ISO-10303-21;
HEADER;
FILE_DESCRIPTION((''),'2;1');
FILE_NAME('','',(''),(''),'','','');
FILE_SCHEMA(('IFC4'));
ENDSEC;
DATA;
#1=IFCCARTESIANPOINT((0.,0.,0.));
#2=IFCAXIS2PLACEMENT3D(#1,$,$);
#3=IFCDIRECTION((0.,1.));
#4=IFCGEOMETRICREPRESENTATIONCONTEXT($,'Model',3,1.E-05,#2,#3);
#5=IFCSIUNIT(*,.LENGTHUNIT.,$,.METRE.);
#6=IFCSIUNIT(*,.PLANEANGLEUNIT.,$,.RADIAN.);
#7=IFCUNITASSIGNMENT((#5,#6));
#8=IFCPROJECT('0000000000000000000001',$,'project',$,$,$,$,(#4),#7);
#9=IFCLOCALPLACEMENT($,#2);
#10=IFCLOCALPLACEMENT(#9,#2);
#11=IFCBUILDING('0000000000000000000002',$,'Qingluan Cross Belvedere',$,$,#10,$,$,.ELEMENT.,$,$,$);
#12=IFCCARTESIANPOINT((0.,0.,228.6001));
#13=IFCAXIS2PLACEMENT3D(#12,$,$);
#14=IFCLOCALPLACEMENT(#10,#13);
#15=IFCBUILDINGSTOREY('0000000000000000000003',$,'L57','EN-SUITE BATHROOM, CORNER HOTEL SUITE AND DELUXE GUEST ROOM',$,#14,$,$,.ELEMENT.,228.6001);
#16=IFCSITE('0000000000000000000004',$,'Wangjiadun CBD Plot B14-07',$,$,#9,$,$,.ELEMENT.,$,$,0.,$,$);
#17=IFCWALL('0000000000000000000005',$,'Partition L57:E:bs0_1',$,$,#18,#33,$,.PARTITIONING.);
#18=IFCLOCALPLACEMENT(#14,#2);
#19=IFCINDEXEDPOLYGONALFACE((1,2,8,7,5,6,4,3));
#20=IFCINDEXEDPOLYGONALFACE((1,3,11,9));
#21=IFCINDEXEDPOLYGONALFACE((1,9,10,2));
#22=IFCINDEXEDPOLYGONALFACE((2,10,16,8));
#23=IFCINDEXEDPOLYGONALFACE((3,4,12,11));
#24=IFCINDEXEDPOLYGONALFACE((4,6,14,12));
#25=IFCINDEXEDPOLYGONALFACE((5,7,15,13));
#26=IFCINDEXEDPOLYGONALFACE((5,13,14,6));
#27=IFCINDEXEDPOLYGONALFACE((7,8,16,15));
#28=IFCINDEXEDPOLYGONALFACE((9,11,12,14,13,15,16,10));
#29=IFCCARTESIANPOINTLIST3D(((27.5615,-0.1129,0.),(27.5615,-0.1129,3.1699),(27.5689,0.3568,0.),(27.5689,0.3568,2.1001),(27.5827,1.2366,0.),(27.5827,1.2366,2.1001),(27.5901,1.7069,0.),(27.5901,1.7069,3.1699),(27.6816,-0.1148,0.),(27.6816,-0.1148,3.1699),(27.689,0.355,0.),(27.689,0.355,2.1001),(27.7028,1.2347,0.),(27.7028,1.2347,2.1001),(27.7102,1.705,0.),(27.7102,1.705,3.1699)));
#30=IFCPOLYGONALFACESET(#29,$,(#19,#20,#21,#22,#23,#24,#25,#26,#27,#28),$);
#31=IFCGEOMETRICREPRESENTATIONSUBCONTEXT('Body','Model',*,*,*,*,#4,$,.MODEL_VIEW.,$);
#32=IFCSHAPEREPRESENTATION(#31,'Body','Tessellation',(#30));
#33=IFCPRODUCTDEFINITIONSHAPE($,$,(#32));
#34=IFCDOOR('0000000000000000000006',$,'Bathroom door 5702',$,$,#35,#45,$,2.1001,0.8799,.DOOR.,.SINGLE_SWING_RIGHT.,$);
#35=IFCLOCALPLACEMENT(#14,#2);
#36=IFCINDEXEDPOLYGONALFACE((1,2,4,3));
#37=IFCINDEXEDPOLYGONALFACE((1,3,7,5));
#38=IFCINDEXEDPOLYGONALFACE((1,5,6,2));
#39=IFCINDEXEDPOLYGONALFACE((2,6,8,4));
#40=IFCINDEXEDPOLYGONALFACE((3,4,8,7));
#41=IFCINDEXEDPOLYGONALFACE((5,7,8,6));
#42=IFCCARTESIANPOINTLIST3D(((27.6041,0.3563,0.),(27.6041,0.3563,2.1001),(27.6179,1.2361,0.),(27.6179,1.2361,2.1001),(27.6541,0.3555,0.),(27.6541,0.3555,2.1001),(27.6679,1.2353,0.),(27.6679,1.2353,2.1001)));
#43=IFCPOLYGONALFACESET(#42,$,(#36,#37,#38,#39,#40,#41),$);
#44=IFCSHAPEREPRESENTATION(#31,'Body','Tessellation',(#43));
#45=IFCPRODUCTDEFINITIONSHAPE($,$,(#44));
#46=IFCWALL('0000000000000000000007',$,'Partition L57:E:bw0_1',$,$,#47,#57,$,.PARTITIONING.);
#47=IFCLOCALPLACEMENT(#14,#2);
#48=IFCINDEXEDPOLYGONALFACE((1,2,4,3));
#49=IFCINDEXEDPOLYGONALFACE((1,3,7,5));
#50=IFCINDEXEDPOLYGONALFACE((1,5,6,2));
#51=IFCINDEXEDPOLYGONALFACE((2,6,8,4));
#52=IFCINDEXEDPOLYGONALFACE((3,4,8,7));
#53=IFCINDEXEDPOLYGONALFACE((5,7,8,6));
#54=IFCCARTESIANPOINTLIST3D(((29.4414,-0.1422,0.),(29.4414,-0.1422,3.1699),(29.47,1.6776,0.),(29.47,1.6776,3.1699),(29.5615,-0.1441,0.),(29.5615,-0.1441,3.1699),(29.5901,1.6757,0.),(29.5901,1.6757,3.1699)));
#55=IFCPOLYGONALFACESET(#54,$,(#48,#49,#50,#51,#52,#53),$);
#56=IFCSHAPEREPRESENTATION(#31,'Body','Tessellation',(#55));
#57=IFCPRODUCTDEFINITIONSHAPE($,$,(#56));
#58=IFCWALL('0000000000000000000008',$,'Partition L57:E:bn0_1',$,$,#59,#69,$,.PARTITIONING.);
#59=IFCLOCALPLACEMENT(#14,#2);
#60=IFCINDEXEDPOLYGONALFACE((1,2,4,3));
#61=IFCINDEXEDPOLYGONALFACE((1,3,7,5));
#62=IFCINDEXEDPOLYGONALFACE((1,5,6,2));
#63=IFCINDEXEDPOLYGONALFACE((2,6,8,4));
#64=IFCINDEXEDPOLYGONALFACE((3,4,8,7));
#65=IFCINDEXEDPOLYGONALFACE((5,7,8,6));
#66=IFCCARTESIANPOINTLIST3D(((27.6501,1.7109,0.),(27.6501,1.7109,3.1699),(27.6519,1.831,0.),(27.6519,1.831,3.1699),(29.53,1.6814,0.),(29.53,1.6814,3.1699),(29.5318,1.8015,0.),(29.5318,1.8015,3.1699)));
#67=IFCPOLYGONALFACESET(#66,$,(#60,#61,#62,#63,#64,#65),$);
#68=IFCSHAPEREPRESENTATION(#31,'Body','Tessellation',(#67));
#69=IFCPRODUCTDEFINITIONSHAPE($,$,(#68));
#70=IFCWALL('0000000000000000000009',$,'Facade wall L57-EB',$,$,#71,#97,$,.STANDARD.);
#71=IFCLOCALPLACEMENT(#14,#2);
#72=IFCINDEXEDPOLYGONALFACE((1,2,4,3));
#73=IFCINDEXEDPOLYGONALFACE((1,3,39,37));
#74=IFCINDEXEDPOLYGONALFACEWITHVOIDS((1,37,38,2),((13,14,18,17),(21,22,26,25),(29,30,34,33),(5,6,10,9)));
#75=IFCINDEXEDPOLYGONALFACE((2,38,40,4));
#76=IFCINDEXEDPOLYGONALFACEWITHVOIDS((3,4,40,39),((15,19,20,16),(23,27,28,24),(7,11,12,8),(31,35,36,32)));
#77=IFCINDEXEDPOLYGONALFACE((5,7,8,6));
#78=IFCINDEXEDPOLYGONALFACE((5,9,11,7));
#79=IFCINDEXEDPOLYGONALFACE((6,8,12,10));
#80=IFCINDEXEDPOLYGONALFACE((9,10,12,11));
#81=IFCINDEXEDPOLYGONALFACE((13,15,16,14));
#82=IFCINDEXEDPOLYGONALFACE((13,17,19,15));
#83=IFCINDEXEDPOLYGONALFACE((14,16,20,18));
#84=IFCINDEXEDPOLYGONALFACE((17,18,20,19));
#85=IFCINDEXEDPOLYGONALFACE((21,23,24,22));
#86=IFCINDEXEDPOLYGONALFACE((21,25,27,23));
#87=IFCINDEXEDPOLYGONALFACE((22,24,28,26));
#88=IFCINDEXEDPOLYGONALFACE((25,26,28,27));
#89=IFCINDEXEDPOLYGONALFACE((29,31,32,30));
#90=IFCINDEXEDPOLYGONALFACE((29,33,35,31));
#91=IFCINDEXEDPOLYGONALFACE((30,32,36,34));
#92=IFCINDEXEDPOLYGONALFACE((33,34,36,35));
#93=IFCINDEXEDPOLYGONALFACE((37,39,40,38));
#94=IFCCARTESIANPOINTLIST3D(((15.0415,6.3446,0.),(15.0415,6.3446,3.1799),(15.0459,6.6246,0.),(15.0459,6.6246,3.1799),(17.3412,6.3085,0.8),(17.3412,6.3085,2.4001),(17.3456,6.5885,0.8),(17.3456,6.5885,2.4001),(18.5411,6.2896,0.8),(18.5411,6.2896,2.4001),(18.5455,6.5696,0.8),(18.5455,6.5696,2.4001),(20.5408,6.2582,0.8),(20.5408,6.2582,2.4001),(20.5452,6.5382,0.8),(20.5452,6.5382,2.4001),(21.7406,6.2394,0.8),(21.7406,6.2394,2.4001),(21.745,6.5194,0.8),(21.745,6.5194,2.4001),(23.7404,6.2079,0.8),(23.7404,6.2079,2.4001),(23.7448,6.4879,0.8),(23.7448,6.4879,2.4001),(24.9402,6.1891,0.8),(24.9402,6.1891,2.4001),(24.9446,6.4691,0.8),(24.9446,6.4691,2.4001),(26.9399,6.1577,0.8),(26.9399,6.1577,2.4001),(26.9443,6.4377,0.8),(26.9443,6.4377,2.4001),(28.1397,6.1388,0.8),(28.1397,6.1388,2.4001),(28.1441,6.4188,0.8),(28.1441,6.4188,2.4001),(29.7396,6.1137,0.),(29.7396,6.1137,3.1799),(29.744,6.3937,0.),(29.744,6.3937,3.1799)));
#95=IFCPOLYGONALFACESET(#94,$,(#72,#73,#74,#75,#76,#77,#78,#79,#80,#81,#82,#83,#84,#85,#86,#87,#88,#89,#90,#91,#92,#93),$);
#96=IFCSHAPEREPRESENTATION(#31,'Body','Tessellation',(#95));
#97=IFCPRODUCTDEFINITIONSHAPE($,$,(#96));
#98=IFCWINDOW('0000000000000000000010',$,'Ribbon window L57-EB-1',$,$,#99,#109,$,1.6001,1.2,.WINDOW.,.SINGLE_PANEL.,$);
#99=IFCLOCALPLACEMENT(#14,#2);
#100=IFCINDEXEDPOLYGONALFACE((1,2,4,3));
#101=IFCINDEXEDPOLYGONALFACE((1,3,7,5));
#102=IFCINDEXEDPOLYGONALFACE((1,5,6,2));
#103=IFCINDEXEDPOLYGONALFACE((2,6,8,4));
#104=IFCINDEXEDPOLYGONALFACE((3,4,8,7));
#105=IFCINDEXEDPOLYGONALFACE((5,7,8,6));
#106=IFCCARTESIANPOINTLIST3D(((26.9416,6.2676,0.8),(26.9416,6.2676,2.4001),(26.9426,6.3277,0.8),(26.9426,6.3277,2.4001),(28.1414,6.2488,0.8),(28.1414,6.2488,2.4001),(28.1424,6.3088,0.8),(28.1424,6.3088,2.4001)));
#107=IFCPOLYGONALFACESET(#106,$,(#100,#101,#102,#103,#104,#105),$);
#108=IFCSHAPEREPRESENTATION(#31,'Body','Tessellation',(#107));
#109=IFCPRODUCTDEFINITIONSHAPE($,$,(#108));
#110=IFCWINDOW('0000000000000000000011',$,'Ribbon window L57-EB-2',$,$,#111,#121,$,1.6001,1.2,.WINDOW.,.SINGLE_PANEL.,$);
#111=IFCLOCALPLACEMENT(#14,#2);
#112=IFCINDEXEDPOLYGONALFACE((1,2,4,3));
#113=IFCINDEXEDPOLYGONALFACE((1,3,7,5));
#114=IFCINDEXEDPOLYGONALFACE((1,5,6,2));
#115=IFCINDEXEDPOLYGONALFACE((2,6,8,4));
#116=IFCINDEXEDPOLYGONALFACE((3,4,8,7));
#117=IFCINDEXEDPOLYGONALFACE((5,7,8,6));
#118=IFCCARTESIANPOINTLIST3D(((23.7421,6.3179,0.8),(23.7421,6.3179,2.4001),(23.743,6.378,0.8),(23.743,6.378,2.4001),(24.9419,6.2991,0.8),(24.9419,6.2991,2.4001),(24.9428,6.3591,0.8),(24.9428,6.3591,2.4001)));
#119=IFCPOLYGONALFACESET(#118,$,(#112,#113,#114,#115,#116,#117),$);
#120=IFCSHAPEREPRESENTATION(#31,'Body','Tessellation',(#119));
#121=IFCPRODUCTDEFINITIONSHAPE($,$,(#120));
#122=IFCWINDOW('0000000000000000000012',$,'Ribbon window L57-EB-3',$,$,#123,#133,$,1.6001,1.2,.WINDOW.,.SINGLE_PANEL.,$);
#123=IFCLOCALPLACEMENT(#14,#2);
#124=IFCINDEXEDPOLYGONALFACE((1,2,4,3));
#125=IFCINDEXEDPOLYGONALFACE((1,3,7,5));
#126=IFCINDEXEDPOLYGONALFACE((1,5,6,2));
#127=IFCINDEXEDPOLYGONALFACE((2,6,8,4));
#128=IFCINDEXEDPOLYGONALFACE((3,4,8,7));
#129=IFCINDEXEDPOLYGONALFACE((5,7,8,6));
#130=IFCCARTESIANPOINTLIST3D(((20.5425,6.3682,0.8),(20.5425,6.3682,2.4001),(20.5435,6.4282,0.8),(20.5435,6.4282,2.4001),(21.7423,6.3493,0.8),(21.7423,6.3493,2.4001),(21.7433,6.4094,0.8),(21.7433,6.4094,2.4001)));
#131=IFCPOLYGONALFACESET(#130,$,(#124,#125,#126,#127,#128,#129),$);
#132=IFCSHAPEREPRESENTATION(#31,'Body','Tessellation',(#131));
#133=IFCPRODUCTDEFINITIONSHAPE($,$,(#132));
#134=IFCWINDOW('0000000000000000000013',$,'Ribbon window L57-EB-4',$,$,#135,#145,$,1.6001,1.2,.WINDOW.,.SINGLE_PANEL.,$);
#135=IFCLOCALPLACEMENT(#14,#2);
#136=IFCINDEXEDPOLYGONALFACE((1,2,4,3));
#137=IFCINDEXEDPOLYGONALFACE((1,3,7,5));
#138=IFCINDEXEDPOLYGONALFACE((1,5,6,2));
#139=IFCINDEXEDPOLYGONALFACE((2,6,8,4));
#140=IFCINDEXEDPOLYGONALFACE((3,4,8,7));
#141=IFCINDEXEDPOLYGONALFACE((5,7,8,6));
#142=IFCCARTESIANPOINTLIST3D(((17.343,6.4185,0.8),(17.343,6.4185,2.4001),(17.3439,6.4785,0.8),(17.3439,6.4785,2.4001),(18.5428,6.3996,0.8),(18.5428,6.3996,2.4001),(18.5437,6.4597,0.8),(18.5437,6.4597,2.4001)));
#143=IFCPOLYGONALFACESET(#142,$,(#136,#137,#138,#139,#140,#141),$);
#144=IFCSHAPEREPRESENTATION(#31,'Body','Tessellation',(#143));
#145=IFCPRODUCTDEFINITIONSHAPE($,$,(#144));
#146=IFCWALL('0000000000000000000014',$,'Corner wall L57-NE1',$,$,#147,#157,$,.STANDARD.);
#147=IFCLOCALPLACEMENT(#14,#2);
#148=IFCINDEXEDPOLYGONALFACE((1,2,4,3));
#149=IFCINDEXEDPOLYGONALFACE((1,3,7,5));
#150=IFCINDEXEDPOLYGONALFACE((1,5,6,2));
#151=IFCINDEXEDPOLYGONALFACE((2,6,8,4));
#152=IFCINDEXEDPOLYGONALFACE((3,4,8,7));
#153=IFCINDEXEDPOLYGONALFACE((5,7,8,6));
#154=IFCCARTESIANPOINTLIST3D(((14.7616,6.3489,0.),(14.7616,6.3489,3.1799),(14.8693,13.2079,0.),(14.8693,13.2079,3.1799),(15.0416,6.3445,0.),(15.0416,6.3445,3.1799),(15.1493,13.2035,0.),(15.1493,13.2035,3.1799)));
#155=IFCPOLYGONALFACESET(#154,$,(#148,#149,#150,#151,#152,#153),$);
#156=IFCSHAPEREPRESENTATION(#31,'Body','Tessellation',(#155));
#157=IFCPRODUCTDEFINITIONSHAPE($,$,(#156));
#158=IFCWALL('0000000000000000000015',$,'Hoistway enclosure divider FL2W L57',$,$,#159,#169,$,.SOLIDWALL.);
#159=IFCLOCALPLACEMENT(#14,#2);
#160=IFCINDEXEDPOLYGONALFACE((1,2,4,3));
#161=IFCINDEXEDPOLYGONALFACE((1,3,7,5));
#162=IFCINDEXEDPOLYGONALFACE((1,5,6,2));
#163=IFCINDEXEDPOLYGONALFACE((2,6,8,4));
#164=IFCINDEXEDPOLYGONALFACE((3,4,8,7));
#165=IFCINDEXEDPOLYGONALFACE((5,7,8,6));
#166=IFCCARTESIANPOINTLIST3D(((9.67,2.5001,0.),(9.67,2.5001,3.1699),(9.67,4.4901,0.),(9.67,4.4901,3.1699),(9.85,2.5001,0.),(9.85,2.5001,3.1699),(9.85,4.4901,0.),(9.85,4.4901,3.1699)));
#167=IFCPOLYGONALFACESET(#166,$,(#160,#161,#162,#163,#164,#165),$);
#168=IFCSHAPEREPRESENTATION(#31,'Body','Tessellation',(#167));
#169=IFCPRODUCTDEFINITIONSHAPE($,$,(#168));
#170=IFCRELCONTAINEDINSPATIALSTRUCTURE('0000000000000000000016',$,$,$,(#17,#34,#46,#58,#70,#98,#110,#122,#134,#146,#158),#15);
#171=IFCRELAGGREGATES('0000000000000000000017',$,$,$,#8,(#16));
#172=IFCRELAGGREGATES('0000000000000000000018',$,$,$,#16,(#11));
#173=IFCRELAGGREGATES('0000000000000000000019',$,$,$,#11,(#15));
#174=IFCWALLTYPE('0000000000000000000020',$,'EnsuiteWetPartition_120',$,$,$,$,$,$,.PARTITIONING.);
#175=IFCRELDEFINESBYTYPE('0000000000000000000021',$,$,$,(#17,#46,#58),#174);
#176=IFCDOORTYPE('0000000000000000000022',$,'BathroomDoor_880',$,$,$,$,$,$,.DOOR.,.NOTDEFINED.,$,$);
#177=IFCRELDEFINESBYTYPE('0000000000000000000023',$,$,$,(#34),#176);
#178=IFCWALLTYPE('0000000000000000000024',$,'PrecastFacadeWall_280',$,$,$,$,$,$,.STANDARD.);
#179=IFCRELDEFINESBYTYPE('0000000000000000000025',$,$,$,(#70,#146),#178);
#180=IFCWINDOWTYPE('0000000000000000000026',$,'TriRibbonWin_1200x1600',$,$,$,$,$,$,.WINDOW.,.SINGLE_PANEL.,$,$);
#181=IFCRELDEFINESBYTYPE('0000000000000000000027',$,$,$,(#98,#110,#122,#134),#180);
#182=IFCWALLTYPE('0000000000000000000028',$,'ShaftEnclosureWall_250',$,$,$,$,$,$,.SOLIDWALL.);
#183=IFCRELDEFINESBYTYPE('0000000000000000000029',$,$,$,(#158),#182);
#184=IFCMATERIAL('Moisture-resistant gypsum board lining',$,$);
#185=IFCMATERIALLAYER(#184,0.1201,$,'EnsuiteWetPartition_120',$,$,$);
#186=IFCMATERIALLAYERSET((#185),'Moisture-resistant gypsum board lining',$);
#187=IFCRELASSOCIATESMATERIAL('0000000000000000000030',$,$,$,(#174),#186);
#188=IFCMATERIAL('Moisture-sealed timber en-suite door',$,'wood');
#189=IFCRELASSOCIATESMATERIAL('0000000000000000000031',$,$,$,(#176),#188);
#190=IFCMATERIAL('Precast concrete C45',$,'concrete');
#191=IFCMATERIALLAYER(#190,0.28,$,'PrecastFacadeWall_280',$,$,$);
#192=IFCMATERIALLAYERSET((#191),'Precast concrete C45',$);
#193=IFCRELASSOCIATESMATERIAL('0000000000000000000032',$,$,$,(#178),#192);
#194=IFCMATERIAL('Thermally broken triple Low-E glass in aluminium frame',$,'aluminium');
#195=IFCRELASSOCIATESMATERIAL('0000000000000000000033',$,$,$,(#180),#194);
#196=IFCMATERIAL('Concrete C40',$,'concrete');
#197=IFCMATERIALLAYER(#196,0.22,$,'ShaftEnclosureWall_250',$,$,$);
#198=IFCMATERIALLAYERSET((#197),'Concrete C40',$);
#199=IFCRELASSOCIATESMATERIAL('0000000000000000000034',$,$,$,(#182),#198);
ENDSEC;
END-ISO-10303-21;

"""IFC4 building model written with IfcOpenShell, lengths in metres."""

from ifc_helpers import new_model, si_unit, direction, frame, frame_2d, origin, place, context, subcontext, project, spatial, rectangle, extrude, material, layer, layer_set, type_object, element, fill, save


model = new_model("IFC4")

# Units and contexts
model_context = context("Model", 3, precision=1e-05, world=origin(), true_north=direction((0.0, 1.0)))
body_context = subcontext(model_context, "Body", "Model", "MODEL_VIEW")
ifc_project = project(units=[si_unit("LENGTHUNIT", "METRE"), si_unit("PLANEANGLEUNIT", "RADIAN")], contexts=[model_context])

# Site, building, storey
site_placement = place(None, origin())
site = spatial("IfcSite", under=ifc_project, at=site_placement, Name="Wangjiadun CBD Plot B14-07", CompositionType="ELEMENT", RefElevation=0.0)
building_placement = place(site_placement, origin())
building = spatial("IfcBuilding", under=site, at=building_placement, Name="Qingluan Cross Belvedere", CompositionType="ELEMENT")
storey_placement = place(building_placement, frame((0.0, 0.0, 228.6001)))
storey = spatial("IfcBuildingStorey", under=building, at=storey_placement, Name="L57", Description="EN-SUITE BATHROOM, CORNER HOTEL SUITE AND DELUXE GUEST ROOM", CompositionType="ELEMENT", Elevation=228.6001)

# Shared definitions
ifc_material_1 = material(Name="Moisture-resistant gypsum board lining")
ifc_layer_1 = layer(ifc_material_1, 0.1201, Name="EnsuiteWetPartition_120")
ifc_layer_set_1 = layer_set([ifc_layer_1], Name="Moisture-resistant gypsum board lining")
wall_type_1 = type_object("IfcWallType", Name="EnsuiteWetPartition_120", PredefinedType="PARTITIONING", material=ifc_layer_set_1)
ifc_material_2 = material(Name="Moisture-sealed timber en-suite door", Category="wood")
door_type_1 = type_object("IfcDoorType", Name="BathroomDoor_880", OperationType="NOTDEFINED", PredefinedType="DOOR", material=ifc_material_2)

# Wall, opening, door
wall_1_placement = place(storey_placement, frame((27.6216, -0.114, 0.0), z_axis=(0.0, 0.0, 1.0), x_axis=(0.015694, 0.999877, 0.0)))
wall_1 = element("IfcWall", 1, at=wall_1_placement, inside=storey, type_object=wall_type_1, Name="Partition L57:E:bs0_1", PredefinedType="PARTITIONING", context=body_context, shape_type="SweptSolid", body=[
    extrude(rectangle(XDim=1.8201, YDim=0.1201, at=frame_2d((0.9102, 0.0))), origin(), (0.0, 0.0, 1.0), 3.1699),
])
opening_1_placement = place(wall_1_placement, frame((0.47, 0.0, 0.0)))
opening_1 = element("IfcOpeningElement", 2, at=opening_1_placement, cuts=wall_1, PredefinedType="OPENING", context=body_context, shape_type="SweptSolid", body=[
    extrude(rectangle(XDim=0.8799, YDim=2.1001, at=frame_2d((0.4399, 1.05))), frame((0.0, 0.0701, 0.0), z_axis=(0.0, -1.0, 0.0), x_axis=(1.0, 0.0, 0.0)), (0.0, 0.0, 1.0), 0.1401),
])
door_1_placement = place(opening_1_placement, origin())
door_1 = element("IfcDoor", 3, at=door_1_placement, inside=storey, type_object=door_type_1, Name="Bathroom door 5702", OperationType="SINGLE_SWING_RIGHT", OverallHeight=2.1001, OverallWidth=0.8799, PredefinedType="DOOR", context=body_context, shape_type="SweptSolid", body=[
    extrude(rectangle(XDim=0.8799, YDim=2.1001, at=frame_2d((0.4399, 1.05))), frame((0.0, 0.0249, 0.0), z_axis=(0.0, -1.0, 0.0), x_axis=(1.0, 0.0, 0.0)), (0.0, 0.0, 1.0), 0.05),
])
fill(opening_1, door_1)

# Walls
wall_2_placement = place(storey_placement, frame((29.5015, -0.1433, 0.0), z_axis=(0.0, 0.0, 1.0), x_axis=(0.015694, 0.999877, 0.0)))
element("IfcWall", 4, at=wall_2_placement, inside=storey, type_object=wall_type_1, Name="Partition L57:E:bw0_1", PredefinedType="PARTITIONING", context=body_context, shape_type="SweptSolid", body=[
    extrude(rectangle(XDim=1.8201, YDim=0.1201, at=frame_2d((0.9102, 0.0))), origin(), (0.0, 0.0, 1.0), 3.1699),
])
wall_3_placement = place(storey_placement, frame((27.6511, 1.771, 0.0), z_axis=(0.0, 0.0, 1.0), x_axis=(0.999877, -0.015712, 0.0)))
element("IfcWall", 5, at=wall_3_placement, inside=storey, type_object=wall_type_1, Name="Partition L57:E:bn0_1", PredefinedType="PARTITIONING", context=body_context, shape_type="SweptSolid", body=[
    extrude(rectangle(XDim=1.8801, YDim=0.1201, at=frame_2d((0.9399, 0.0))), origin(), (0.0, 0.0, 1.0), 3.1699),
])

# Wall, openings, windows
ifc_material_3 = material(Name="Precast concrete C45", Category="concrete")
ifc_layer_2 = layer(ifc_material_3, 0.28, Name="PrecastFacadeWall_280")
ifc_layer_set_2 = layer_set([ifc_layer_2], Name="Precast concrete C45")
wall_type_2 = type_object("IfcWallType", Name="PrecastFacadeWall_280", PredefinedType="STANDARD", material=ifc_layer_set_2)
wall_4_placement = place(storey_placement, frame((29.7419, 6.2537, 0.0), z_axis=(0.0, 0.0, 1.0), x_axis=(-0.999877, 0.015711, 0.0)))
wall_4 = element("IfcWall", 6, at=wall_4_placement, inside=storey, type_object=wall_type_2, Name="Facade wall L57-EB", PredefinedType="STANDARD", context=body_context, shape_type="SweptSolid", body=[
    extrude(rectangle(XDim=14.7, YDim=0.28, at=frame_2d((7.3501, 0.0))), origin(), (0.0, 0.0, 1.0), 3.1799),
])
opening_2_placement = place(wall_4_placement, frame((1.6001, 0.0, 0.8)))
opening_2 = element("IfcOpeningElement", 7, at=opening_2_placement, cuts=wall_4, PredefinedType="OPENING", context=body_context, shape_type="SweptSolid", body=[
    extrude(rectangle(XDim=1.2, YDim=1.6001, at=frame_2d((0.6001, 0.8))), frame((0.0, 0.1499, 0.0), z_axis=(0.0, -1.0, 0.0), x_axis=(1.0, 0.0, 0.0)), (0.0, 0.0, 1.0), 0.3),
])
opening_3_placement = place(wall_4_placement, frame((4.8, 0.0, 0.8)))
opening_3 = element("IfcOpeningElement", 8, at=opening_3_placement, cuts=wall_4, PredefinedType="OPENING", context=body_context, shape_type="SweptSolid", body=[
    extrude(rectangle(XDim=1.2, YDim=1.6001, at=frame_2d((0.6001, 0.8))), frame((0.0, 0.1499, 0.0), z_axis=(0.0, -1.0, 0.0), x_axis=(1.0, 0.0, 0.0)), (0.0, 0.0, 1.0), 0.3),
])
opening_4_placement = place(wall_4_placement, frame((8.0, 0.0, 0.8)))
opening_4 = element("IfcOpeningElement", 9, at=opening_4_placement, cuts=wall_4, PredefinedType="OPENING", context=body_context, shape_type="SweptSolid", body=[
    extrude(rectangle(XDim=1.2, YDim=1.6001, at=frame_2d((0.6001, 0.8))), frame((0.0, 0.1499, 0.0), z_axis=(0.0, -1.0, 0.0), x_axis=(1.0, 0.0, 0.0)), (0.0, 0.0, 1.0), 0.3),
])
opening_5_placement = place(wall_4_placement, frame((11.2, 0.0, 0.8)))
opening_5 = element("IfcOpeningElement", 10, at=opening_5_placement, cuts=wall_4, PredefinedType="OPENING", context=body_context, shape_type="SweptSolid", body=[
    extrude(rectangle(XDim=1.2, YDim=1.6001, at=frame_2d((0.6001, 0.8))), frame((0.0, 0.1499, 0.0), z_axis=(0.0, -1.0, 0.0), x_axis=(1.0, 0.0, 0.0)), (0.0, 0.0, 1.0), 0.3),
])
ifc_material_4 = material(Name="Thermally broken triple Low-E glass in aluminium frame", Category="aluminium")
window_type = type_object("IfcWindowType", Name="TriRibbonWin_1200x1600", PartitioningType="SINGLE_PANEL", PredefinedType="WINDOW", material=ifc_material_4)
window_1_placement = place(opening_2_placement, origin())
window_1 = element("IfcWindow", 11, at=window_1_placement, inside=storey, type_object=window_type, Name="Ribbon window L57-EB-1", OverallHeight=1.6001, OverallWidth=1.2, PartitioningType="SINGLE_PANEL", PredefinedType="WINDOW", context=body_context, shape_type="SweptSolid", body=[
    extrude(rectangle(XDim=1.2, YDim=1.6001, at=frame_2d((0.6001, 0.8))), frame((0.0, 0.03, 0.0), z_axis=(0.0, -1.0, 0.0), x_axis=(1.0, 0.0, 0.0)), (0.0, 0.0, 1.0), 0.0601),
])
fill(opening_2, window_1)
window_2_placement = place(opening_3_placement, origin())
window_2 = element("IfcWindow", 12, at=window_2_placement, inside=storey, type_object=window_type, Name="Ribbon window L57-EB-2", OverallHeight=1.6001, OverallWidth=1.2, PartitioningType="SINGLE_PANEL", PredefinedType="WINDOW", context=body_context, shape_type="SweptSolid", body=[
    extrude(rectangle(XDim=1.2, YDim=1.6001, at=frame_2d((0.6001, 0.8))), frame((0.0, 0.03, 0.0), z_axis=(0.0, -1.0, 0.0), x_axis=(1.0, 0.0, 0.0)), (0.0, 0.0, 1.0), 0.0601),
])
fill(opening_3, window_2)
window_3_placement = place(opening_4_placement, origin())
window_3 = element("IfcWindow", 13, at=window_3_placement, inside=storey, type_object=window_type, Name="Ribbon window L57-EB-3", OverallHeight=1.6001, OverallWidth=1.2, PartitioningType="SINGLE_PANEL", PredefinedType="WINDOW", context=body_context, shape_type="SweptSolid", body=[
    extrude(rectangle(XDim=1.2, YDim=1.6001, at=frame_2d((0.6001, 0.8))), frame((0.0, 0.03, 0.0), z_axis=(0.0, -1.0, 0.0), x_axis=(1.0, 0.0, 0.0)), (0.0, 0.0, 1.0), 0.0601),
])
fill(opening_4, window_3)
window_4_placement = place(opening_5_placement, origin())
window_4 = element("IfcWindow", 14, at=window_4_placement, inside=storey, type_object=window_type, Name="Ribbon window L57-EB-4", OverallHeight=1.6001, OverallWidth=1.2, PartitioningType="SINGLE_PANEL", PredefinedType="WINDOW", context=body_context, shape_type="SweptSolid", body=[
    extrude(rectangle(XDim=1.2, YDim=1.6001, at=frame_2d((0.6001, 0.8))), frame((0.0, 0.03, 0.0), z_axis=(0.0, -1.0, 0.0), x_axis=(1.0, 0.0, 0.0)), (0.0, 0.0, 1.0), 0.0601),
])
fill(opening_5, window_4)

# Walls
wall_5_placement = place(storey_placement, frame((14.9016, 6.3467, 0.0), z_axis=(0.0, 0.0, 1.0), x_axis=(0.015695, 0.999877, 0.0)))
element("IfcWall", 15, at=wall_5_placement, inside=storey, type_object=wall_type_2, Name="Corner wall L57-NE1", PredefinedType="STANDARD", context=body_context, shape_type="SweptSolid", body=[
    extrude(rectangle(XDim=6.8599, YDim=0.28, at=frame_2d((3.4299, 0.0))), origin(), (0.0, 0.0, 1.0), 3.1799),
])
ifc_material_5 = material(Name="Concrete C40", Category="concrete")
ifc_layer_3 = layer(ifc_material_5, 0.22, Name="ShaftEnclosureWall_250")
ifc_layer_set_3 = layer_set([ifc_layer_3], Name="Concrete C40")
wall_type_3 = type_object("IfcWallType", Name="ShaftEnclosureWall_250", PredefinedType="SOLIDWALL", material=ifc_layer_set_3)
wall_6_placement = place(storey_placement, frame((9.76, 2.5, 0.0), z_axis=(0.0, 0.0, 1.0), x_axis=(0.0, 1.0, 0.0)))
element("IfcWall", 16, at=wall_6_placement, inside=storey, type_object=wall_type_3, Name="Hoistway enclosure divider FL2W L57", PredefinedType="SOLIDWALL", context=body_context, shape_type="SweptSolid", body=[
    extrude(rectangle(XDim=1.99, YDim=0.1799, at=frame_2d((0.9951, 0.0))), origin(), (0.0, 0.0, 1.0), 3.1699),
])

save(model, "model.ifc")
